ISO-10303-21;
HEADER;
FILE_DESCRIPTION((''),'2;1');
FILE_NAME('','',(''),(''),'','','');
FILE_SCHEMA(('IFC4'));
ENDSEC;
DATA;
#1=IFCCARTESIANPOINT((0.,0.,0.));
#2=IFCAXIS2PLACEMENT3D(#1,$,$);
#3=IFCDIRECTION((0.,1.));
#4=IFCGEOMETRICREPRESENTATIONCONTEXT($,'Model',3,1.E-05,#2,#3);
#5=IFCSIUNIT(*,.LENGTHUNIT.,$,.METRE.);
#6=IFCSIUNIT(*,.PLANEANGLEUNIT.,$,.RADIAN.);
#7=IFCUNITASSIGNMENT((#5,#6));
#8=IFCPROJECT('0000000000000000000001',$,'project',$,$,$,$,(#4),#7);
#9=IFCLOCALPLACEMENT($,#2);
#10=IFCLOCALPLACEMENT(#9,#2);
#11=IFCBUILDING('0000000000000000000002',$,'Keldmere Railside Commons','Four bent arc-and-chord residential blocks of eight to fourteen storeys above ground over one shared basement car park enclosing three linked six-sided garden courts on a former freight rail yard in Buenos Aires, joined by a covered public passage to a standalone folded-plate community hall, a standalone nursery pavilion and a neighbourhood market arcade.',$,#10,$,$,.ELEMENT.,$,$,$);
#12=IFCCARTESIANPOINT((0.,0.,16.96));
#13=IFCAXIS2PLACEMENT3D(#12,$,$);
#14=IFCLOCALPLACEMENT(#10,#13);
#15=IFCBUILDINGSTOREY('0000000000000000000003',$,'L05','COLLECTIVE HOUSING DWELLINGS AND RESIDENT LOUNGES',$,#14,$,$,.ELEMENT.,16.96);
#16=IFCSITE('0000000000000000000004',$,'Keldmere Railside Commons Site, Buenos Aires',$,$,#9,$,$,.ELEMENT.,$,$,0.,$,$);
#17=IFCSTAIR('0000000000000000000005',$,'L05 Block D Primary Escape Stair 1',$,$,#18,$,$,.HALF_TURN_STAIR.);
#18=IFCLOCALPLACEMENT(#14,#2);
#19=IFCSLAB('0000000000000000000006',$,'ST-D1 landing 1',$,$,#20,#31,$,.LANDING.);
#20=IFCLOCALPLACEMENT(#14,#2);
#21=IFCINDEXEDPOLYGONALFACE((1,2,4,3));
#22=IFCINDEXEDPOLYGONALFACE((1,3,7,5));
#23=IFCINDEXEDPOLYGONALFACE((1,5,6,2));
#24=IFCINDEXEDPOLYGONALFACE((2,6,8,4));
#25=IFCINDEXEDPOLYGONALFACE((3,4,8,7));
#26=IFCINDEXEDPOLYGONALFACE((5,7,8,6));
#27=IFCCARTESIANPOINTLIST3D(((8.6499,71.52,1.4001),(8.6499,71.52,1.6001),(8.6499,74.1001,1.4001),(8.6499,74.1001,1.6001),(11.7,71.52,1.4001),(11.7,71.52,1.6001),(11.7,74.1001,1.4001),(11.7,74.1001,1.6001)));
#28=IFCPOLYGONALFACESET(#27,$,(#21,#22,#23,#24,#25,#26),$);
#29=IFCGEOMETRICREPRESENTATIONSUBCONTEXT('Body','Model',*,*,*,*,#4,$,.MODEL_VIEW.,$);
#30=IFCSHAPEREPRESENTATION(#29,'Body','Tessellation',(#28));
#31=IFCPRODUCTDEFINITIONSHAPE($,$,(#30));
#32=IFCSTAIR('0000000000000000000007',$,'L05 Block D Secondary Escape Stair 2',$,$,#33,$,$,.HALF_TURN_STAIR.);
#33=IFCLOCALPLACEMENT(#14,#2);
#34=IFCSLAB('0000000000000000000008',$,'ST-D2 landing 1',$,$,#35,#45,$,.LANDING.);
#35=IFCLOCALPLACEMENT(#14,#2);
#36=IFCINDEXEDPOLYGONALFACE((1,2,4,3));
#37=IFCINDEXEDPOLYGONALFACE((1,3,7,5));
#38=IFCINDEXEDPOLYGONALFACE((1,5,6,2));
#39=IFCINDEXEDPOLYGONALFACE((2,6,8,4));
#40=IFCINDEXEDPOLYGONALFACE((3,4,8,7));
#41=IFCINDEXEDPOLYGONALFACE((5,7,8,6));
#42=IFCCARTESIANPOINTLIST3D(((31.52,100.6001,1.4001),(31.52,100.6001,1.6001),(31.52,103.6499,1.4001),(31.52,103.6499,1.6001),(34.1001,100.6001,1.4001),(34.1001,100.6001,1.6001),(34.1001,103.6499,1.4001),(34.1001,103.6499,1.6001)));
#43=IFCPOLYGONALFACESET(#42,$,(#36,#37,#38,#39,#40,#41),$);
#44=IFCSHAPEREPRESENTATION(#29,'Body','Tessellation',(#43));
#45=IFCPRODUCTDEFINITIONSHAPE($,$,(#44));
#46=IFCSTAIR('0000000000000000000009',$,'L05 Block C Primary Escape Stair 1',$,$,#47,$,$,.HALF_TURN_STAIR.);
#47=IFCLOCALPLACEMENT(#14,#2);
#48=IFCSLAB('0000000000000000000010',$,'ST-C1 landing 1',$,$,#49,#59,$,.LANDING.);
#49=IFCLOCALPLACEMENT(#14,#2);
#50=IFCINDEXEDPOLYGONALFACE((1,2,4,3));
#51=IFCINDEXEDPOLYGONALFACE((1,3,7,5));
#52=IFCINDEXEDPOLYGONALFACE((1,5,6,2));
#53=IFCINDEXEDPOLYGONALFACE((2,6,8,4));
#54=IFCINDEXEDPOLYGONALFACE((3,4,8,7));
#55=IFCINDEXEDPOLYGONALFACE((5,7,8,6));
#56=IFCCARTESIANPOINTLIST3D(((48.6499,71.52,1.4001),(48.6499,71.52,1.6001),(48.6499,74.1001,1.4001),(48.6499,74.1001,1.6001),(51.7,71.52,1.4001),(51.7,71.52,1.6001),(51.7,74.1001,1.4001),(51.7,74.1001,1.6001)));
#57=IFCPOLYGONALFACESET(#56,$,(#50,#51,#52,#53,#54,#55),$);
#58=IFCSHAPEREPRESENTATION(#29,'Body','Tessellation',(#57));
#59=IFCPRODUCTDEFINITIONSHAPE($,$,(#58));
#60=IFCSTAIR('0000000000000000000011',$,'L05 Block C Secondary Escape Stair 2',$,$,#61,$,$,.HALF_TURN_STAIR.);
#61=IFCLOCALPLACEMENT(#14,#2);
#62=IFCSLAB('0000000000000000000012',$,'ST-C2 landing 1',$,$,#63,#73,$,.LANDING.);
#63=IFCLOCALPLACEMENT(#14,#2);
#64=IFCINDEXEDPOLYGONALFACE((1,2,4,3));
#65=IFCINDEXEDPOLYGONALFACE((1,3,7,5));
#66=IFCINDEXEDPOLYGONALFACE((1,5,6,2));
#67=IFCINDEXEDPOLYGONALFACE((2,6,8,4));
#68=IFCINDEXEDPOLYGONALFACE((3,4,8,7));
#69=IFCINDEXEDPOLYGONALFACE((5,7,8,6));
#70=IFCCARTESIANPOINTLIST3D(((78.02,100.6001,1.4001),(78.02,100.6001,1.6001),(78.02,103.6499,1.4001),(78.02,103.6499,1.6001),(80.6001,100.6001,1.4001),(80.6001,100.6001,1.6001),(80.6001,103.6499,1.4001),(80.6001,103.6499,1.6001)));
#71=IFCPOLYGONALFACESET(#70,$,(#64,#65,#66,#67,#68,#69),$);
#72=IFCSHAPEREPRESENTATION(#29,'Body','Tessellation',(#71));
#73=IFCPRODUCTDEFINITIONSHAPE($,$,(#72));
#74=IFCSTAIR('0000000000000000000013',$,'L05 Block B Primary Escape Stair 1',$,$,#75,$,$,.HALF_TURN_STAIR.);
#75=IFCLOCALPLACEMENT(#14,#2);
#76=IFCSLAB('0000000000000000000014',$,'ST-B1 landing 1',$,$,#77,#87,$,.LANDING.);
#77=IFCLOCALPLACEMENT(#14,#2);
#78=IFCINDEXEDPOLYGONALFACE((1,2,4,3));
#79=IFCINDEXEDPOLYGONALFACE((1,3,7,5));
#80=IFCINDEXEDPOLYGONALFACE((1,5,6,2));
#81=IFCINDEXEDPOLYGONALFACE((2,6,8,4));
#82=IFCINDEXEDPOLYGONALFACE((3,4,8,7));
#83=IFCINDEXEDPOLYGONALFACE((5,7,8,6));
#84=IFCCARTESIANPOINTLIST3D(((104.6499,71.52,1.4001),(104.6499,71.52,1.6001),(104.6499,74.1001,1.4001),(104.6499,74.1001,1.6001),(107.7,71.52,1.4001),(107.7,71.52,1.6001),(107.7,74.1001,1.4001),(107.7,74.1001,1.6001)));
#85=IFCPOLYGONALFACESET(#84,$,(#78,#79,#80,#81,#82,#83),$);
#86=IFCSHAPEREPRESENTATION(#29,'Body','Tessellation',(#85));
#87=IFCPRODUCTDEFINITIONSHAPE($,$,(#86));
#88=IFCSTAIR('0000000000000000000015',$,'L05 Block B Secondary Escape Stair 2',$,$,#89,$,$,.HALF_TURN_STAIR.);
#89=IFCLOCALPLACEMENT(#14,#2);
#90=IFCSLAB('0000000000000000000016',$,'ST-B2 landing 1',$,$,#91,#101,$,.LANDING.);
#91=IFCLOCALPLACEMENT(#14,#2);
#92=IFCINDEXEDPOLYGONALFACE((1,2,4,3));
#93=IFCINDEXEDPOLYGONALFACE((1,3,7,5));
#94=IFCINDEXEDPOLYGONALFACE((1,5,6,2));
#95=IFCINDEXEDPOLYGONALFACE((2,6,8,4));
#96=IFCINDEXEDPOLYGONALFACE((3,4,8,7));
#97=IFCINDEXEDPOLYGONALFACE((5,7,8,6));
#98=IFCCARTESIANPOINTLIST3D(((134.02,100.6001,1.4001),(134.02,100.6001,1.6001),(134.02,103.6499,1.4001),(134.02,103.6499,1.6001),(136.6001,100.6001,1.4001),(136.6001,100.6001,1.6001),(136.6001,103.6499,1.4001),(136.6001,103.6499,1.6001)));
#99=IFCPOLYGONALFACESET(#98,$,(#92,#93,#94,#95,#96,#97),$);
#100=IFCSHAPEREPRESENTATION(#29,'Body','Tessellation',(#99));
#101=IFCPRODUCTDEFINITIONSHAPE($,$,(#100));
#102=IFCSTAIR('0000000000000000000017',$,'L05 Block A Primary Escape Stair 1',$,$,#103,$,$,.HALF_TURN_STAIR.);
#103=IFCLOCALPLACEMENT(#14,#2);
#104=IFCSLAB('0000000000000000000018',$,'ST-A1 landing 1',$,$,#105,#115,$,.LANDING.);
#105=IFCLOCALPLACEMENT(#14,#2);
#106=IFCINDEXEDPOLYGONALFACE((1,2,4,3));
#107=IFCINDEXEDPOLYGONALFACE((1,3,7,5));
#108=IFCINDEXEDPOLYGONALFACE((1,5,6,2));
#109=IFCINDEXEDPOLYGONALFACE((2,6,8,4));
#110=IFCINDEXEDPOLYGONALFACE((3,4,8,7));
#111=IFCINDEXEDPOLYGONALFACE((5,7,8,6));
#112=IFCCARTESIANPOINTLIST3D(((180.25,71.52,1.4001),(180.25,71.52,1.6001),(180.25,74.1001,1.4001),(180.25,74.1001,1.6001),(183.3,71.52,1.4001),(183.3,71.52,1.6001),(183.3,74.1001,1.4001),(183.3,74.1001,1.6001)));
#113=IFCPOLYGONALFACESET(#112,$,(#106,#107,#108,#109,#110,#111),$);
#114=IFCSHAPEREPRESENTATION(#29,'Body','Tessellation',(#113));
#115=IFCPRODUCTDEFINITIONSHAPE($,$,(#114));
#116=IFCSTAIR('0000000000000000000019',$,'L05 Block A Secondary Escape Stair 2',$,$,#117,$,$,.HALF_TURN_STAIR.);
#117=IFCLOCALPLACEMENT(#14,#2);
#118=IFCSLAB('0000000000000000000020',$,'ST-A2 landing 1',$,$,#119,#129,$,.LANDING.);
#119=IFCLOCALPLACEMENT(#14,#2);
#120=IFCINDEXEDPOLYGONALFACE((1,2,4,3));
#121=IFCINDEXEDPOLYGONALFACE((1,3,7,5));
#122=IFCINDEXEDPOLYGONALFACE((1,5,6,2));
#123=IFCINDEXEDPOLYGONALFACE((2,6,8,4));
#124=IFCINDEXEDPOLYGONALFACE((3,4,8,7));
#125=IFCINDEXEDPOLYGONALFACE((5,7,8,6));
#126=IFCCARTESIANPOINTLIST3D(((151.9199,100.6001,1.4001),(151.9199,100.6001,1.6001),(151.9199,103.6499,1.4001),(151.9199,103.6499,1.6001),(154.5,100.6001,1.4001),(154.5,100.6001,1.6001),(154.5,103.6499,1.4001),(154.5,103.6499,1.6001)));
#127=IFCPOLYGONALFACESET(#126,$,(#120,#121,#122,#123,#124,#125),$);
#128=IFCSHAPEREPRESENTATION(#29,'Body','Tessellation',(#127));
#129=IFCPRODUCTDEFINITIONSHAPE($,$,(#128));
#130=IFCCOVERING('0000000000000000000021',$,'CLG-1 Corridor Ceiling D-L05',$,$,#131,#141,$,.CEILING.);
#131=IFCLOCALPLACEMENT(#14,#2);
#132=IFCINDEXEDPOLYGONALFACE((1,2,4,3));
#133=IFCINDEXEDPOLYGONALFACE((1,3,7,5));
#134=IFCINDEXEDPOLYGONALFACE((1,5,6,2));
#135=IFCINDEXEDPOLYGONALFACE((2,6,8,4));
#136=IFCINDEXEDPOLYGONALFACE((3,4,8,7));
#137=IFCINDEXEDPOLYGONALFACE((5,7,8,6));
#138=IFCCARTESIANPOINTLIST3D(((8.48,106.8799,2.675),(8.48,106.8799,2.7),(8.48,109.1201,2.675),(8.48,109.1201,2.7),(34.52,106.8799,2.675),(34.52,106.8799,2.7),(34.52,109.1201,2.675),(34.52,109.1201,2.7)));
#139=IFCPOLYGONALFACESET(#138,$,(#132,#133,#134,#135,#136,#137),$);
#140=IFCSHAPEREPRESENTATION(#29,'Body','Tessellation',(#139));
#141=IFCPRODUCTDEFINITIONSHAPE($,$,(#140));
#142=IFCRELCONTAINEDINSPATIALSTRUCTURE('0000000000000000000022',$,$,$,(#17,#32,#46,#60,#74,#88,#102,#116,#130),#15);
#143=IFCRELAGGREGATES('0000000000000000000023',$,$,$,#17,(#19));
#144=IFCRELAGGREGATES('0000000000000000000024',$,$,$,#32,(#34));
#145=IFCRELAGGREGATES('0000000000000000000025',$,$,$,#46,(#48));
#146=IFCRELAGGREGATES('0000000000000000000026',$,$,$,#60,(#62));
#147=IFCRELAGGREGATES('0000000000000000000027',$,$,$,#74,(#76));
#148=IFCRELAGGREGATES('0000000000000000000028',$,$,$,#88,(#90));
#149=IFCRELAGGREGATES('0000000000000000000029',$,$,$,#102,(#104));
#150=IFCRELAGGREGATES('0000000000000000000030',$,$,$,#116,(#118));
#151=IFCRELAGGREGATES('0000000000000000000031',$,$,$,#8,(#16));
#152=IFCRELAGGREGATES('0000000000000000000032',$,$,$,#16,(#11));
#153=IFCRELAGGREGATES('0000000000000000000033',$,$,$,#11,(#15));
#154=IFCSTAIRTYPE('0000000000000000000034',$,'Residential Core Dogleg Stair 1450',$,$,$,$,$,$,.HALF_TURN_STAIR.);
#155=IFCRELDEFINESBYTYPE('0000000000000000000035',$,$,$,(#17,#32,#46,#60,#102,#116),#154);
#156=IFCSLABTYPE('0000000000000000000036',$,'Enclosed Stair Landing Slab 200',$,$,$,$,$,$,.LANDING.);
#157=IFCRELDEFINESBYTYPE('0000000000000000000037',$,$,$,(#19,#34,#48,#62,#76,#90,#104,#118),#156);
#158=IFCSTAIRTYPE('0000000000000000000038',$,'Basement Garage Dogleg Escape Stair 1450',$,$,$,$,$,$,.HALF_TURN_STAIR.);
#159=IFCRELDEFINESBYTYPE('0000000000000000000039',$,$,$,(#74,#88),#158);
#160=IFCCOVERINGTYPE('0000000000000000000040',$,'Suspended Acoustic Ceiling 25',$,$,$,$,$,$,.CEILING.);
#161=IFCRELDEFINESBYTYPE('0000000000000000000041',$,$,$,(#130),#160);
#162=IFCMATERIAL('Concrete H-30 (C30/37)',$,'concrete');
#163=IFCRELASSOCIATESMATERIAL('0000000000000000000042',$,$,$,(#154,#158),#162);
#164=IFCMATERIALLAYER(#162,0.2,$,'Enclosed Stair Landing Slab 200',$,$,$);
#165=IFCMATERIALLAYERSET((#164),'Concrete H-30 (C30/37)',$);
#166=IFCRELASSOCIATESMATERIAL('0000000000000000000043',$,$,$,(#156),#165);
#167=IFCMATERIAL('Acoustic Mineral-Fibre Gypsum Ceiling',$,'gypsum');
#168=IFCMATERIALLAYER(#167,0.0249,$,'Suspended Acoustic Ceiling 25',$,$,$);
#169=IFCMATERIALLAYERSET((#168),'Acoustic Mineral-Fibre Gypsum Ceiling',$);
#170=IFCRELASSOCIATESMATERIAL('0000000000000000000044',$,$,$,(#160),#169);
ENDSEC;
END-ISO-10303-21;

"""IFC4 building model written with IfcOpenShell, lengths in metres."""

from ifc_helpers import new_model, si_unit, direction, frame, origin, place, context, subcontext, project, spatial, polyline, outline, extrude, material, layer, layer_set, type_object, element, aggregate, save


model = new_model("IFC4")

# Units and contexts
model_context = context("Model", 3, precision=1e-05, world=origin(), true_north=direction((0.0, 1.0)))
body_context = subcontext(model_context, "Body", "Model", "MODEL_VIEW")
ifc_project = project(units=[si_unit("LENGTHUNIT", "METRE"), si_unit("PLANEANGLEUNIT", "RADIAN")], contexts=[model_context])

# Site, building, storey
site_placement = place(None, origin())
site = spatial("IfcSite", under=ifc_project, at=site_placement, Name="Keldmere Railside Commons Site, Buenos Aires", CompositionType="ELEMENT", RefElevation=0.0)
building_placement = place(site_placement, origin())
building = spatial("IfcBuilding", under=site, at=building_placement, Name="Keldmere Railside Commons", Description="Four bent arc-and-chord residential blocks of eight to fourteen storeys above ground over one shared basement car park enclosing three linked six-sided garden courts on a former freight rail yard in Buenos Aires, joined by a covered public passage to a standalone folded-plate community hall, a standalone nursery pavilion and a neighbourhood market arcade.", CompositionType="ELEMENT")
storey_placement = place(building_placement, frame((0.0, 0.0, 16.96)))
storey = spatial("IfcBuildingStorey", under=building, at=storey_placement, Name="L05", Description="COLLECTIVE HOUSING DWELLINGS AND RESIDENT LOUNGES", CompositionType="ELEMENT", Elevation=16.96)

# Stairs, slabs
ifc_material_1 = material(Name="Concrete H-30 (C30/37)", Category="concrete")
stair_type_1 = type_object("IfcStairType", Name="Residential Core Dogleg Stair 1450", PredefinedType="HALF_TURN_STAIR", material=ifc_material_1)
stair_1_placement = place(storey_placement, origin())
stair_1 = element("IfcStair", 1, at=stair_1_placement, inside=storey, type_object=stair_type_1, Name="L05 Block D Primary Escape Stair 1", PredefinedType="HALF_TURN_STAIR")
ifc_layer_1 = layer(ifc_material_1, 0.2, Name="Enclosed Stair Landing Slab 200")
ifc_layer_set_1 = layer_set([ifc_layer_1], Name="Concrete H-30 (C30/37)")
slab_type = type_object("IfcSlabType", Name="Enclosed Stair Landing Slab 200", PredefinedType="LANDING", material=ifc_layer_set_1)
slab_1_placement = place(storey_placement, frame((0.0, 0.0, 1.4001)))
slab_1 = element("IfcSlab", 2, at=slab_1_placement, type_object=slab_type, Name="ST-D1 landing 1", PredefinedType="LANDING", context=body_context, shape_type="SweptSolid", body=[
    extrude(outline(polyline([(11.7, 71.52), (11.7, 74.1001), (8.6499, 74.1001), (8.6499, 71.52), (11.7, 71.52)])), origin(), (0.0, 0.0, 1.0), 0.2),
])
aggregate(stair_1, [slab_1])
stair_2_placement = place(storey_placement, origin())
stair_2 = element("IfcStair", 3, at=stair_2_placement, inside=storey, type_object=stair_type_1, Name="L05 Block D Secondary Escape Stair 2", PredefinedType="HALF_TURN_STAIR")
slab_2_placement = place(storey_placement, frame((0.0, 0.0, 1.4001)))
slab_2 = element("IfcSlab", 4, at=slab_2_placement, type_object=slab_type, Name="ST-D2 landing 1", PredefinedType="LANDING", context=body_context, shape_type="SweptSolid", body=[
    extrude(outline(polyline([(31.52, 100.6001), (34.1001, 100.6001), (34.1001, 103.6499), (31.52, 103.6499), (31.52, 100.6001)])), origin(), (0.0, 0.0, 1.0), 0.2),
])
aggregate(stair_2, [slab_2])
stair_3_placement = place(storey_placement, origin())
stair_3 = element("IfcStair", 5, at=stair_3_placement, inside=storey, type_object=stair_type_1, Name="L05 Block C Primary Escape Stair 1", PredefinedType="HALF_TURN_STAIR")
slab_3_placement = place(storey_placement, frame((0.0, 0.0, 1.4001)))
slab_3 = element("IfcSlab", 6, at=slab_3_placement, type_object=slab_type, Name="ST-C1 landing 1", PredefinedType="LANDING", context=body_context, shape_type="SweptSolid", body=[
    extrude(outline(polyline([(51.7, 71.52), (51.7, 74.1001), (48.6499, 74.1001), (48.6499, 71.52), (51.7, 71.52)])), origin(), (0.0, 0.0, 1.0), 0.2),
])
aggregate(stair_3, [slab_3])
stair_4_placement = place(storey_placement, origin())
stair_4 = element("IfcStair", 7, at=stair_4_placement, inside=storey, type_object=stair_type_1, Name="L05 Block C Secondary Escape Stair 2", PredefinedType="HALF_TURN_STAIR")
slab_4_placement = place(storey_placement, frame((0.0, 0.0, 1.4001)))
slab_4 = element("IfcSlab", 8, at=slab_4_placement, type_object=slab_type, Name="ST-C2 landing 1", PredefinedType="LANDING", context=body_context, shape_type="SweptSolid", body=[
    extrude(outline(polyline([(78.02, 100.6001), (80.6001, 100.6001), (80.6001, 103.6499), (78.02, 103.6499), (78.02, 100.6001)])), origin(), (0.0, 0.0, 1.0), 0.2),
])
aggregate(stair_4, [slab_4])
stair_type_2 = type_object("IfcStairType", Name="Basement Garage Dogleg Escape Stair 1450", PredefinedType="HALF_TURN_STAIR", material=ifc_material_1)
stair_5_placement = place(storey_placement, origin())
stair_5 = element("IfcStair", 9, at=stair_5_placement, inside=storey, type_object=stair_type_2, Name="L05 Block B Primary Escape Stair 1", PredefinedType="HALF_TURN_STAIR")
slab_5_placement = place(storey_placement, frame((0.0, 0.0, 1.4001)))
slab_5 = element("IfcSlab", 10, at=slab_5_placement, type_object=slab_type, Name="ST-B1 landing 1", PredefinedType="LANDING", context=body_context, shape_type="SweptSolid", body=[
    extrude(outline(polyline([(107.7, 71.52), (107.7, 74.1001), (104.6499, 74.1001), (104.6499, 71.52), (107.7, 71.52)])), origin(), (0.0, 0.0, 1.0), 0.2),
])
aggregate(stair_5, [slab_5])
stair_6_placement = place(storey_placement, origin())
stair_6 = element("IfcStair", 11, at=stair_6_placement, inside=storey, type_object=stair_type_2, Name="L05 Block B Secondary Escape Stair 2", PredefinedType="HALF_TURN_STAIR")
slab_6_placement = place(storey_placement, frame((0.0, 0.0, 1.4001)))
slab_6 = element("IfcSlab", 12, at=slab_6_placement, type_object=slab_type, Name="ST-B2 landing 1", PredefinedType="LANDING", context=body_context, shape_type="SweptSolid", body=[
    extrude(outline(polyline([(134.02, 100.6001), (136.6001, 100.6001), (136.6001, 103.6499), (134.02, 103.6499), (134.02, 100.6001)])), origin(), (0.0, 0.0, 1.0), 0.2),
])
aggregate(stair_6, [slab_6])
stair_7_placement = place(storey_placement, origin())
stair_7 = element("IfcStair", 13, at=stair_7_placement, inside=storey, type_object=stair_type_1, Name="L05 Block A Primary Escape Stair 1", PredefinedType="HALF_TURN_STAIR")
slab_7_placement = place(storey_placement, frame((0.0, 0.0, 1.4001)))
slab_7 = element("IfcSlab", 14, at=slab_7_placement, type_object=slab_type, Name="ST-A1 landing 1", PredefinedType="LANDING", context=body_context, shape_type="SweptSolid", body=[
    extrude(outline(polyline([(183.3, 71.52), (183.3, 74.1001), (180.25, 74.1001), (180.25, 71.52), (183.3, 71.52)])), origin(), (0.0, 0.0, 1.0), 0.2),
])
aggregate(stair_7, [slab_7])
stair_8_placement = place(storey_placement, origin())
stair_8 = element("IfcStair", 15, at=stair_8_placement, inside=storey, type_object=stair_type_1, Name="L05 Block A Secondary Escape Stair 2", PredefinedType="HALF_TURN_STAIR")
slab_8_placement = place(storey_placement, frame((0.0, 0.0, 1.4001)))
slab_8 = element("IfcSlab", 16, at=slab_8_placement, type_object=slab_type, Name="ST-A2 landing 1", PredefinedType="LANDING", context=body_context, shape_type="SweptSolid", body=[
    extrude(outline(polyline([(151.9199, 100.6001), (154.5, 100.6001), (154.5, 103.6499), (151.9199, 103.6499), (151.9199, 100.6001)])), origin(), (0.0, 0.0, 1.0), 0.2),
])
aggregate(stair_8, [slab_8])

# Covering
ifc_material_2 = material(Name="Acoustic Mineral-Fibre Gypsum Ceiling", Category="gypsum")
ifc_layer_2 = layer(ifc_material_2, 0.0249, Name="Suspended Acoustic Ceiling 25")
ifc_layer_set_2 = layer_set([ifc_layer_2], Name="Acoustic Mineral-Fibre Gypsum Ceiling")
covering_type_1 = type_object("IfcCoveringType", Name="Suspended Acoustic Ceiling 25", PredefinedType="CEILING", material=ifc_layer_set_2)
covering_1_placement = place(storey_placement, frame((0.0, 0.0, 2.675)))
element("IfcCovering", 17, at=covering_1_placement, inside=storey, type_object=covering_type_1, Name="CLG-1 Corridor Ceiling D-L05", PredefinedType="CEILING", context=body_context, shape_type="SweptSolid", body=[
    extrude(outline(polyline([(8.48, 106.8799), (34.52, 106.8799), (34.52, 109.1201), (8.48, 109.1201), (8.48, 106.8799)])), origin(), (0.0, 0.0, 1.0), 0.0249),
])

save(model, "model.ifc")
